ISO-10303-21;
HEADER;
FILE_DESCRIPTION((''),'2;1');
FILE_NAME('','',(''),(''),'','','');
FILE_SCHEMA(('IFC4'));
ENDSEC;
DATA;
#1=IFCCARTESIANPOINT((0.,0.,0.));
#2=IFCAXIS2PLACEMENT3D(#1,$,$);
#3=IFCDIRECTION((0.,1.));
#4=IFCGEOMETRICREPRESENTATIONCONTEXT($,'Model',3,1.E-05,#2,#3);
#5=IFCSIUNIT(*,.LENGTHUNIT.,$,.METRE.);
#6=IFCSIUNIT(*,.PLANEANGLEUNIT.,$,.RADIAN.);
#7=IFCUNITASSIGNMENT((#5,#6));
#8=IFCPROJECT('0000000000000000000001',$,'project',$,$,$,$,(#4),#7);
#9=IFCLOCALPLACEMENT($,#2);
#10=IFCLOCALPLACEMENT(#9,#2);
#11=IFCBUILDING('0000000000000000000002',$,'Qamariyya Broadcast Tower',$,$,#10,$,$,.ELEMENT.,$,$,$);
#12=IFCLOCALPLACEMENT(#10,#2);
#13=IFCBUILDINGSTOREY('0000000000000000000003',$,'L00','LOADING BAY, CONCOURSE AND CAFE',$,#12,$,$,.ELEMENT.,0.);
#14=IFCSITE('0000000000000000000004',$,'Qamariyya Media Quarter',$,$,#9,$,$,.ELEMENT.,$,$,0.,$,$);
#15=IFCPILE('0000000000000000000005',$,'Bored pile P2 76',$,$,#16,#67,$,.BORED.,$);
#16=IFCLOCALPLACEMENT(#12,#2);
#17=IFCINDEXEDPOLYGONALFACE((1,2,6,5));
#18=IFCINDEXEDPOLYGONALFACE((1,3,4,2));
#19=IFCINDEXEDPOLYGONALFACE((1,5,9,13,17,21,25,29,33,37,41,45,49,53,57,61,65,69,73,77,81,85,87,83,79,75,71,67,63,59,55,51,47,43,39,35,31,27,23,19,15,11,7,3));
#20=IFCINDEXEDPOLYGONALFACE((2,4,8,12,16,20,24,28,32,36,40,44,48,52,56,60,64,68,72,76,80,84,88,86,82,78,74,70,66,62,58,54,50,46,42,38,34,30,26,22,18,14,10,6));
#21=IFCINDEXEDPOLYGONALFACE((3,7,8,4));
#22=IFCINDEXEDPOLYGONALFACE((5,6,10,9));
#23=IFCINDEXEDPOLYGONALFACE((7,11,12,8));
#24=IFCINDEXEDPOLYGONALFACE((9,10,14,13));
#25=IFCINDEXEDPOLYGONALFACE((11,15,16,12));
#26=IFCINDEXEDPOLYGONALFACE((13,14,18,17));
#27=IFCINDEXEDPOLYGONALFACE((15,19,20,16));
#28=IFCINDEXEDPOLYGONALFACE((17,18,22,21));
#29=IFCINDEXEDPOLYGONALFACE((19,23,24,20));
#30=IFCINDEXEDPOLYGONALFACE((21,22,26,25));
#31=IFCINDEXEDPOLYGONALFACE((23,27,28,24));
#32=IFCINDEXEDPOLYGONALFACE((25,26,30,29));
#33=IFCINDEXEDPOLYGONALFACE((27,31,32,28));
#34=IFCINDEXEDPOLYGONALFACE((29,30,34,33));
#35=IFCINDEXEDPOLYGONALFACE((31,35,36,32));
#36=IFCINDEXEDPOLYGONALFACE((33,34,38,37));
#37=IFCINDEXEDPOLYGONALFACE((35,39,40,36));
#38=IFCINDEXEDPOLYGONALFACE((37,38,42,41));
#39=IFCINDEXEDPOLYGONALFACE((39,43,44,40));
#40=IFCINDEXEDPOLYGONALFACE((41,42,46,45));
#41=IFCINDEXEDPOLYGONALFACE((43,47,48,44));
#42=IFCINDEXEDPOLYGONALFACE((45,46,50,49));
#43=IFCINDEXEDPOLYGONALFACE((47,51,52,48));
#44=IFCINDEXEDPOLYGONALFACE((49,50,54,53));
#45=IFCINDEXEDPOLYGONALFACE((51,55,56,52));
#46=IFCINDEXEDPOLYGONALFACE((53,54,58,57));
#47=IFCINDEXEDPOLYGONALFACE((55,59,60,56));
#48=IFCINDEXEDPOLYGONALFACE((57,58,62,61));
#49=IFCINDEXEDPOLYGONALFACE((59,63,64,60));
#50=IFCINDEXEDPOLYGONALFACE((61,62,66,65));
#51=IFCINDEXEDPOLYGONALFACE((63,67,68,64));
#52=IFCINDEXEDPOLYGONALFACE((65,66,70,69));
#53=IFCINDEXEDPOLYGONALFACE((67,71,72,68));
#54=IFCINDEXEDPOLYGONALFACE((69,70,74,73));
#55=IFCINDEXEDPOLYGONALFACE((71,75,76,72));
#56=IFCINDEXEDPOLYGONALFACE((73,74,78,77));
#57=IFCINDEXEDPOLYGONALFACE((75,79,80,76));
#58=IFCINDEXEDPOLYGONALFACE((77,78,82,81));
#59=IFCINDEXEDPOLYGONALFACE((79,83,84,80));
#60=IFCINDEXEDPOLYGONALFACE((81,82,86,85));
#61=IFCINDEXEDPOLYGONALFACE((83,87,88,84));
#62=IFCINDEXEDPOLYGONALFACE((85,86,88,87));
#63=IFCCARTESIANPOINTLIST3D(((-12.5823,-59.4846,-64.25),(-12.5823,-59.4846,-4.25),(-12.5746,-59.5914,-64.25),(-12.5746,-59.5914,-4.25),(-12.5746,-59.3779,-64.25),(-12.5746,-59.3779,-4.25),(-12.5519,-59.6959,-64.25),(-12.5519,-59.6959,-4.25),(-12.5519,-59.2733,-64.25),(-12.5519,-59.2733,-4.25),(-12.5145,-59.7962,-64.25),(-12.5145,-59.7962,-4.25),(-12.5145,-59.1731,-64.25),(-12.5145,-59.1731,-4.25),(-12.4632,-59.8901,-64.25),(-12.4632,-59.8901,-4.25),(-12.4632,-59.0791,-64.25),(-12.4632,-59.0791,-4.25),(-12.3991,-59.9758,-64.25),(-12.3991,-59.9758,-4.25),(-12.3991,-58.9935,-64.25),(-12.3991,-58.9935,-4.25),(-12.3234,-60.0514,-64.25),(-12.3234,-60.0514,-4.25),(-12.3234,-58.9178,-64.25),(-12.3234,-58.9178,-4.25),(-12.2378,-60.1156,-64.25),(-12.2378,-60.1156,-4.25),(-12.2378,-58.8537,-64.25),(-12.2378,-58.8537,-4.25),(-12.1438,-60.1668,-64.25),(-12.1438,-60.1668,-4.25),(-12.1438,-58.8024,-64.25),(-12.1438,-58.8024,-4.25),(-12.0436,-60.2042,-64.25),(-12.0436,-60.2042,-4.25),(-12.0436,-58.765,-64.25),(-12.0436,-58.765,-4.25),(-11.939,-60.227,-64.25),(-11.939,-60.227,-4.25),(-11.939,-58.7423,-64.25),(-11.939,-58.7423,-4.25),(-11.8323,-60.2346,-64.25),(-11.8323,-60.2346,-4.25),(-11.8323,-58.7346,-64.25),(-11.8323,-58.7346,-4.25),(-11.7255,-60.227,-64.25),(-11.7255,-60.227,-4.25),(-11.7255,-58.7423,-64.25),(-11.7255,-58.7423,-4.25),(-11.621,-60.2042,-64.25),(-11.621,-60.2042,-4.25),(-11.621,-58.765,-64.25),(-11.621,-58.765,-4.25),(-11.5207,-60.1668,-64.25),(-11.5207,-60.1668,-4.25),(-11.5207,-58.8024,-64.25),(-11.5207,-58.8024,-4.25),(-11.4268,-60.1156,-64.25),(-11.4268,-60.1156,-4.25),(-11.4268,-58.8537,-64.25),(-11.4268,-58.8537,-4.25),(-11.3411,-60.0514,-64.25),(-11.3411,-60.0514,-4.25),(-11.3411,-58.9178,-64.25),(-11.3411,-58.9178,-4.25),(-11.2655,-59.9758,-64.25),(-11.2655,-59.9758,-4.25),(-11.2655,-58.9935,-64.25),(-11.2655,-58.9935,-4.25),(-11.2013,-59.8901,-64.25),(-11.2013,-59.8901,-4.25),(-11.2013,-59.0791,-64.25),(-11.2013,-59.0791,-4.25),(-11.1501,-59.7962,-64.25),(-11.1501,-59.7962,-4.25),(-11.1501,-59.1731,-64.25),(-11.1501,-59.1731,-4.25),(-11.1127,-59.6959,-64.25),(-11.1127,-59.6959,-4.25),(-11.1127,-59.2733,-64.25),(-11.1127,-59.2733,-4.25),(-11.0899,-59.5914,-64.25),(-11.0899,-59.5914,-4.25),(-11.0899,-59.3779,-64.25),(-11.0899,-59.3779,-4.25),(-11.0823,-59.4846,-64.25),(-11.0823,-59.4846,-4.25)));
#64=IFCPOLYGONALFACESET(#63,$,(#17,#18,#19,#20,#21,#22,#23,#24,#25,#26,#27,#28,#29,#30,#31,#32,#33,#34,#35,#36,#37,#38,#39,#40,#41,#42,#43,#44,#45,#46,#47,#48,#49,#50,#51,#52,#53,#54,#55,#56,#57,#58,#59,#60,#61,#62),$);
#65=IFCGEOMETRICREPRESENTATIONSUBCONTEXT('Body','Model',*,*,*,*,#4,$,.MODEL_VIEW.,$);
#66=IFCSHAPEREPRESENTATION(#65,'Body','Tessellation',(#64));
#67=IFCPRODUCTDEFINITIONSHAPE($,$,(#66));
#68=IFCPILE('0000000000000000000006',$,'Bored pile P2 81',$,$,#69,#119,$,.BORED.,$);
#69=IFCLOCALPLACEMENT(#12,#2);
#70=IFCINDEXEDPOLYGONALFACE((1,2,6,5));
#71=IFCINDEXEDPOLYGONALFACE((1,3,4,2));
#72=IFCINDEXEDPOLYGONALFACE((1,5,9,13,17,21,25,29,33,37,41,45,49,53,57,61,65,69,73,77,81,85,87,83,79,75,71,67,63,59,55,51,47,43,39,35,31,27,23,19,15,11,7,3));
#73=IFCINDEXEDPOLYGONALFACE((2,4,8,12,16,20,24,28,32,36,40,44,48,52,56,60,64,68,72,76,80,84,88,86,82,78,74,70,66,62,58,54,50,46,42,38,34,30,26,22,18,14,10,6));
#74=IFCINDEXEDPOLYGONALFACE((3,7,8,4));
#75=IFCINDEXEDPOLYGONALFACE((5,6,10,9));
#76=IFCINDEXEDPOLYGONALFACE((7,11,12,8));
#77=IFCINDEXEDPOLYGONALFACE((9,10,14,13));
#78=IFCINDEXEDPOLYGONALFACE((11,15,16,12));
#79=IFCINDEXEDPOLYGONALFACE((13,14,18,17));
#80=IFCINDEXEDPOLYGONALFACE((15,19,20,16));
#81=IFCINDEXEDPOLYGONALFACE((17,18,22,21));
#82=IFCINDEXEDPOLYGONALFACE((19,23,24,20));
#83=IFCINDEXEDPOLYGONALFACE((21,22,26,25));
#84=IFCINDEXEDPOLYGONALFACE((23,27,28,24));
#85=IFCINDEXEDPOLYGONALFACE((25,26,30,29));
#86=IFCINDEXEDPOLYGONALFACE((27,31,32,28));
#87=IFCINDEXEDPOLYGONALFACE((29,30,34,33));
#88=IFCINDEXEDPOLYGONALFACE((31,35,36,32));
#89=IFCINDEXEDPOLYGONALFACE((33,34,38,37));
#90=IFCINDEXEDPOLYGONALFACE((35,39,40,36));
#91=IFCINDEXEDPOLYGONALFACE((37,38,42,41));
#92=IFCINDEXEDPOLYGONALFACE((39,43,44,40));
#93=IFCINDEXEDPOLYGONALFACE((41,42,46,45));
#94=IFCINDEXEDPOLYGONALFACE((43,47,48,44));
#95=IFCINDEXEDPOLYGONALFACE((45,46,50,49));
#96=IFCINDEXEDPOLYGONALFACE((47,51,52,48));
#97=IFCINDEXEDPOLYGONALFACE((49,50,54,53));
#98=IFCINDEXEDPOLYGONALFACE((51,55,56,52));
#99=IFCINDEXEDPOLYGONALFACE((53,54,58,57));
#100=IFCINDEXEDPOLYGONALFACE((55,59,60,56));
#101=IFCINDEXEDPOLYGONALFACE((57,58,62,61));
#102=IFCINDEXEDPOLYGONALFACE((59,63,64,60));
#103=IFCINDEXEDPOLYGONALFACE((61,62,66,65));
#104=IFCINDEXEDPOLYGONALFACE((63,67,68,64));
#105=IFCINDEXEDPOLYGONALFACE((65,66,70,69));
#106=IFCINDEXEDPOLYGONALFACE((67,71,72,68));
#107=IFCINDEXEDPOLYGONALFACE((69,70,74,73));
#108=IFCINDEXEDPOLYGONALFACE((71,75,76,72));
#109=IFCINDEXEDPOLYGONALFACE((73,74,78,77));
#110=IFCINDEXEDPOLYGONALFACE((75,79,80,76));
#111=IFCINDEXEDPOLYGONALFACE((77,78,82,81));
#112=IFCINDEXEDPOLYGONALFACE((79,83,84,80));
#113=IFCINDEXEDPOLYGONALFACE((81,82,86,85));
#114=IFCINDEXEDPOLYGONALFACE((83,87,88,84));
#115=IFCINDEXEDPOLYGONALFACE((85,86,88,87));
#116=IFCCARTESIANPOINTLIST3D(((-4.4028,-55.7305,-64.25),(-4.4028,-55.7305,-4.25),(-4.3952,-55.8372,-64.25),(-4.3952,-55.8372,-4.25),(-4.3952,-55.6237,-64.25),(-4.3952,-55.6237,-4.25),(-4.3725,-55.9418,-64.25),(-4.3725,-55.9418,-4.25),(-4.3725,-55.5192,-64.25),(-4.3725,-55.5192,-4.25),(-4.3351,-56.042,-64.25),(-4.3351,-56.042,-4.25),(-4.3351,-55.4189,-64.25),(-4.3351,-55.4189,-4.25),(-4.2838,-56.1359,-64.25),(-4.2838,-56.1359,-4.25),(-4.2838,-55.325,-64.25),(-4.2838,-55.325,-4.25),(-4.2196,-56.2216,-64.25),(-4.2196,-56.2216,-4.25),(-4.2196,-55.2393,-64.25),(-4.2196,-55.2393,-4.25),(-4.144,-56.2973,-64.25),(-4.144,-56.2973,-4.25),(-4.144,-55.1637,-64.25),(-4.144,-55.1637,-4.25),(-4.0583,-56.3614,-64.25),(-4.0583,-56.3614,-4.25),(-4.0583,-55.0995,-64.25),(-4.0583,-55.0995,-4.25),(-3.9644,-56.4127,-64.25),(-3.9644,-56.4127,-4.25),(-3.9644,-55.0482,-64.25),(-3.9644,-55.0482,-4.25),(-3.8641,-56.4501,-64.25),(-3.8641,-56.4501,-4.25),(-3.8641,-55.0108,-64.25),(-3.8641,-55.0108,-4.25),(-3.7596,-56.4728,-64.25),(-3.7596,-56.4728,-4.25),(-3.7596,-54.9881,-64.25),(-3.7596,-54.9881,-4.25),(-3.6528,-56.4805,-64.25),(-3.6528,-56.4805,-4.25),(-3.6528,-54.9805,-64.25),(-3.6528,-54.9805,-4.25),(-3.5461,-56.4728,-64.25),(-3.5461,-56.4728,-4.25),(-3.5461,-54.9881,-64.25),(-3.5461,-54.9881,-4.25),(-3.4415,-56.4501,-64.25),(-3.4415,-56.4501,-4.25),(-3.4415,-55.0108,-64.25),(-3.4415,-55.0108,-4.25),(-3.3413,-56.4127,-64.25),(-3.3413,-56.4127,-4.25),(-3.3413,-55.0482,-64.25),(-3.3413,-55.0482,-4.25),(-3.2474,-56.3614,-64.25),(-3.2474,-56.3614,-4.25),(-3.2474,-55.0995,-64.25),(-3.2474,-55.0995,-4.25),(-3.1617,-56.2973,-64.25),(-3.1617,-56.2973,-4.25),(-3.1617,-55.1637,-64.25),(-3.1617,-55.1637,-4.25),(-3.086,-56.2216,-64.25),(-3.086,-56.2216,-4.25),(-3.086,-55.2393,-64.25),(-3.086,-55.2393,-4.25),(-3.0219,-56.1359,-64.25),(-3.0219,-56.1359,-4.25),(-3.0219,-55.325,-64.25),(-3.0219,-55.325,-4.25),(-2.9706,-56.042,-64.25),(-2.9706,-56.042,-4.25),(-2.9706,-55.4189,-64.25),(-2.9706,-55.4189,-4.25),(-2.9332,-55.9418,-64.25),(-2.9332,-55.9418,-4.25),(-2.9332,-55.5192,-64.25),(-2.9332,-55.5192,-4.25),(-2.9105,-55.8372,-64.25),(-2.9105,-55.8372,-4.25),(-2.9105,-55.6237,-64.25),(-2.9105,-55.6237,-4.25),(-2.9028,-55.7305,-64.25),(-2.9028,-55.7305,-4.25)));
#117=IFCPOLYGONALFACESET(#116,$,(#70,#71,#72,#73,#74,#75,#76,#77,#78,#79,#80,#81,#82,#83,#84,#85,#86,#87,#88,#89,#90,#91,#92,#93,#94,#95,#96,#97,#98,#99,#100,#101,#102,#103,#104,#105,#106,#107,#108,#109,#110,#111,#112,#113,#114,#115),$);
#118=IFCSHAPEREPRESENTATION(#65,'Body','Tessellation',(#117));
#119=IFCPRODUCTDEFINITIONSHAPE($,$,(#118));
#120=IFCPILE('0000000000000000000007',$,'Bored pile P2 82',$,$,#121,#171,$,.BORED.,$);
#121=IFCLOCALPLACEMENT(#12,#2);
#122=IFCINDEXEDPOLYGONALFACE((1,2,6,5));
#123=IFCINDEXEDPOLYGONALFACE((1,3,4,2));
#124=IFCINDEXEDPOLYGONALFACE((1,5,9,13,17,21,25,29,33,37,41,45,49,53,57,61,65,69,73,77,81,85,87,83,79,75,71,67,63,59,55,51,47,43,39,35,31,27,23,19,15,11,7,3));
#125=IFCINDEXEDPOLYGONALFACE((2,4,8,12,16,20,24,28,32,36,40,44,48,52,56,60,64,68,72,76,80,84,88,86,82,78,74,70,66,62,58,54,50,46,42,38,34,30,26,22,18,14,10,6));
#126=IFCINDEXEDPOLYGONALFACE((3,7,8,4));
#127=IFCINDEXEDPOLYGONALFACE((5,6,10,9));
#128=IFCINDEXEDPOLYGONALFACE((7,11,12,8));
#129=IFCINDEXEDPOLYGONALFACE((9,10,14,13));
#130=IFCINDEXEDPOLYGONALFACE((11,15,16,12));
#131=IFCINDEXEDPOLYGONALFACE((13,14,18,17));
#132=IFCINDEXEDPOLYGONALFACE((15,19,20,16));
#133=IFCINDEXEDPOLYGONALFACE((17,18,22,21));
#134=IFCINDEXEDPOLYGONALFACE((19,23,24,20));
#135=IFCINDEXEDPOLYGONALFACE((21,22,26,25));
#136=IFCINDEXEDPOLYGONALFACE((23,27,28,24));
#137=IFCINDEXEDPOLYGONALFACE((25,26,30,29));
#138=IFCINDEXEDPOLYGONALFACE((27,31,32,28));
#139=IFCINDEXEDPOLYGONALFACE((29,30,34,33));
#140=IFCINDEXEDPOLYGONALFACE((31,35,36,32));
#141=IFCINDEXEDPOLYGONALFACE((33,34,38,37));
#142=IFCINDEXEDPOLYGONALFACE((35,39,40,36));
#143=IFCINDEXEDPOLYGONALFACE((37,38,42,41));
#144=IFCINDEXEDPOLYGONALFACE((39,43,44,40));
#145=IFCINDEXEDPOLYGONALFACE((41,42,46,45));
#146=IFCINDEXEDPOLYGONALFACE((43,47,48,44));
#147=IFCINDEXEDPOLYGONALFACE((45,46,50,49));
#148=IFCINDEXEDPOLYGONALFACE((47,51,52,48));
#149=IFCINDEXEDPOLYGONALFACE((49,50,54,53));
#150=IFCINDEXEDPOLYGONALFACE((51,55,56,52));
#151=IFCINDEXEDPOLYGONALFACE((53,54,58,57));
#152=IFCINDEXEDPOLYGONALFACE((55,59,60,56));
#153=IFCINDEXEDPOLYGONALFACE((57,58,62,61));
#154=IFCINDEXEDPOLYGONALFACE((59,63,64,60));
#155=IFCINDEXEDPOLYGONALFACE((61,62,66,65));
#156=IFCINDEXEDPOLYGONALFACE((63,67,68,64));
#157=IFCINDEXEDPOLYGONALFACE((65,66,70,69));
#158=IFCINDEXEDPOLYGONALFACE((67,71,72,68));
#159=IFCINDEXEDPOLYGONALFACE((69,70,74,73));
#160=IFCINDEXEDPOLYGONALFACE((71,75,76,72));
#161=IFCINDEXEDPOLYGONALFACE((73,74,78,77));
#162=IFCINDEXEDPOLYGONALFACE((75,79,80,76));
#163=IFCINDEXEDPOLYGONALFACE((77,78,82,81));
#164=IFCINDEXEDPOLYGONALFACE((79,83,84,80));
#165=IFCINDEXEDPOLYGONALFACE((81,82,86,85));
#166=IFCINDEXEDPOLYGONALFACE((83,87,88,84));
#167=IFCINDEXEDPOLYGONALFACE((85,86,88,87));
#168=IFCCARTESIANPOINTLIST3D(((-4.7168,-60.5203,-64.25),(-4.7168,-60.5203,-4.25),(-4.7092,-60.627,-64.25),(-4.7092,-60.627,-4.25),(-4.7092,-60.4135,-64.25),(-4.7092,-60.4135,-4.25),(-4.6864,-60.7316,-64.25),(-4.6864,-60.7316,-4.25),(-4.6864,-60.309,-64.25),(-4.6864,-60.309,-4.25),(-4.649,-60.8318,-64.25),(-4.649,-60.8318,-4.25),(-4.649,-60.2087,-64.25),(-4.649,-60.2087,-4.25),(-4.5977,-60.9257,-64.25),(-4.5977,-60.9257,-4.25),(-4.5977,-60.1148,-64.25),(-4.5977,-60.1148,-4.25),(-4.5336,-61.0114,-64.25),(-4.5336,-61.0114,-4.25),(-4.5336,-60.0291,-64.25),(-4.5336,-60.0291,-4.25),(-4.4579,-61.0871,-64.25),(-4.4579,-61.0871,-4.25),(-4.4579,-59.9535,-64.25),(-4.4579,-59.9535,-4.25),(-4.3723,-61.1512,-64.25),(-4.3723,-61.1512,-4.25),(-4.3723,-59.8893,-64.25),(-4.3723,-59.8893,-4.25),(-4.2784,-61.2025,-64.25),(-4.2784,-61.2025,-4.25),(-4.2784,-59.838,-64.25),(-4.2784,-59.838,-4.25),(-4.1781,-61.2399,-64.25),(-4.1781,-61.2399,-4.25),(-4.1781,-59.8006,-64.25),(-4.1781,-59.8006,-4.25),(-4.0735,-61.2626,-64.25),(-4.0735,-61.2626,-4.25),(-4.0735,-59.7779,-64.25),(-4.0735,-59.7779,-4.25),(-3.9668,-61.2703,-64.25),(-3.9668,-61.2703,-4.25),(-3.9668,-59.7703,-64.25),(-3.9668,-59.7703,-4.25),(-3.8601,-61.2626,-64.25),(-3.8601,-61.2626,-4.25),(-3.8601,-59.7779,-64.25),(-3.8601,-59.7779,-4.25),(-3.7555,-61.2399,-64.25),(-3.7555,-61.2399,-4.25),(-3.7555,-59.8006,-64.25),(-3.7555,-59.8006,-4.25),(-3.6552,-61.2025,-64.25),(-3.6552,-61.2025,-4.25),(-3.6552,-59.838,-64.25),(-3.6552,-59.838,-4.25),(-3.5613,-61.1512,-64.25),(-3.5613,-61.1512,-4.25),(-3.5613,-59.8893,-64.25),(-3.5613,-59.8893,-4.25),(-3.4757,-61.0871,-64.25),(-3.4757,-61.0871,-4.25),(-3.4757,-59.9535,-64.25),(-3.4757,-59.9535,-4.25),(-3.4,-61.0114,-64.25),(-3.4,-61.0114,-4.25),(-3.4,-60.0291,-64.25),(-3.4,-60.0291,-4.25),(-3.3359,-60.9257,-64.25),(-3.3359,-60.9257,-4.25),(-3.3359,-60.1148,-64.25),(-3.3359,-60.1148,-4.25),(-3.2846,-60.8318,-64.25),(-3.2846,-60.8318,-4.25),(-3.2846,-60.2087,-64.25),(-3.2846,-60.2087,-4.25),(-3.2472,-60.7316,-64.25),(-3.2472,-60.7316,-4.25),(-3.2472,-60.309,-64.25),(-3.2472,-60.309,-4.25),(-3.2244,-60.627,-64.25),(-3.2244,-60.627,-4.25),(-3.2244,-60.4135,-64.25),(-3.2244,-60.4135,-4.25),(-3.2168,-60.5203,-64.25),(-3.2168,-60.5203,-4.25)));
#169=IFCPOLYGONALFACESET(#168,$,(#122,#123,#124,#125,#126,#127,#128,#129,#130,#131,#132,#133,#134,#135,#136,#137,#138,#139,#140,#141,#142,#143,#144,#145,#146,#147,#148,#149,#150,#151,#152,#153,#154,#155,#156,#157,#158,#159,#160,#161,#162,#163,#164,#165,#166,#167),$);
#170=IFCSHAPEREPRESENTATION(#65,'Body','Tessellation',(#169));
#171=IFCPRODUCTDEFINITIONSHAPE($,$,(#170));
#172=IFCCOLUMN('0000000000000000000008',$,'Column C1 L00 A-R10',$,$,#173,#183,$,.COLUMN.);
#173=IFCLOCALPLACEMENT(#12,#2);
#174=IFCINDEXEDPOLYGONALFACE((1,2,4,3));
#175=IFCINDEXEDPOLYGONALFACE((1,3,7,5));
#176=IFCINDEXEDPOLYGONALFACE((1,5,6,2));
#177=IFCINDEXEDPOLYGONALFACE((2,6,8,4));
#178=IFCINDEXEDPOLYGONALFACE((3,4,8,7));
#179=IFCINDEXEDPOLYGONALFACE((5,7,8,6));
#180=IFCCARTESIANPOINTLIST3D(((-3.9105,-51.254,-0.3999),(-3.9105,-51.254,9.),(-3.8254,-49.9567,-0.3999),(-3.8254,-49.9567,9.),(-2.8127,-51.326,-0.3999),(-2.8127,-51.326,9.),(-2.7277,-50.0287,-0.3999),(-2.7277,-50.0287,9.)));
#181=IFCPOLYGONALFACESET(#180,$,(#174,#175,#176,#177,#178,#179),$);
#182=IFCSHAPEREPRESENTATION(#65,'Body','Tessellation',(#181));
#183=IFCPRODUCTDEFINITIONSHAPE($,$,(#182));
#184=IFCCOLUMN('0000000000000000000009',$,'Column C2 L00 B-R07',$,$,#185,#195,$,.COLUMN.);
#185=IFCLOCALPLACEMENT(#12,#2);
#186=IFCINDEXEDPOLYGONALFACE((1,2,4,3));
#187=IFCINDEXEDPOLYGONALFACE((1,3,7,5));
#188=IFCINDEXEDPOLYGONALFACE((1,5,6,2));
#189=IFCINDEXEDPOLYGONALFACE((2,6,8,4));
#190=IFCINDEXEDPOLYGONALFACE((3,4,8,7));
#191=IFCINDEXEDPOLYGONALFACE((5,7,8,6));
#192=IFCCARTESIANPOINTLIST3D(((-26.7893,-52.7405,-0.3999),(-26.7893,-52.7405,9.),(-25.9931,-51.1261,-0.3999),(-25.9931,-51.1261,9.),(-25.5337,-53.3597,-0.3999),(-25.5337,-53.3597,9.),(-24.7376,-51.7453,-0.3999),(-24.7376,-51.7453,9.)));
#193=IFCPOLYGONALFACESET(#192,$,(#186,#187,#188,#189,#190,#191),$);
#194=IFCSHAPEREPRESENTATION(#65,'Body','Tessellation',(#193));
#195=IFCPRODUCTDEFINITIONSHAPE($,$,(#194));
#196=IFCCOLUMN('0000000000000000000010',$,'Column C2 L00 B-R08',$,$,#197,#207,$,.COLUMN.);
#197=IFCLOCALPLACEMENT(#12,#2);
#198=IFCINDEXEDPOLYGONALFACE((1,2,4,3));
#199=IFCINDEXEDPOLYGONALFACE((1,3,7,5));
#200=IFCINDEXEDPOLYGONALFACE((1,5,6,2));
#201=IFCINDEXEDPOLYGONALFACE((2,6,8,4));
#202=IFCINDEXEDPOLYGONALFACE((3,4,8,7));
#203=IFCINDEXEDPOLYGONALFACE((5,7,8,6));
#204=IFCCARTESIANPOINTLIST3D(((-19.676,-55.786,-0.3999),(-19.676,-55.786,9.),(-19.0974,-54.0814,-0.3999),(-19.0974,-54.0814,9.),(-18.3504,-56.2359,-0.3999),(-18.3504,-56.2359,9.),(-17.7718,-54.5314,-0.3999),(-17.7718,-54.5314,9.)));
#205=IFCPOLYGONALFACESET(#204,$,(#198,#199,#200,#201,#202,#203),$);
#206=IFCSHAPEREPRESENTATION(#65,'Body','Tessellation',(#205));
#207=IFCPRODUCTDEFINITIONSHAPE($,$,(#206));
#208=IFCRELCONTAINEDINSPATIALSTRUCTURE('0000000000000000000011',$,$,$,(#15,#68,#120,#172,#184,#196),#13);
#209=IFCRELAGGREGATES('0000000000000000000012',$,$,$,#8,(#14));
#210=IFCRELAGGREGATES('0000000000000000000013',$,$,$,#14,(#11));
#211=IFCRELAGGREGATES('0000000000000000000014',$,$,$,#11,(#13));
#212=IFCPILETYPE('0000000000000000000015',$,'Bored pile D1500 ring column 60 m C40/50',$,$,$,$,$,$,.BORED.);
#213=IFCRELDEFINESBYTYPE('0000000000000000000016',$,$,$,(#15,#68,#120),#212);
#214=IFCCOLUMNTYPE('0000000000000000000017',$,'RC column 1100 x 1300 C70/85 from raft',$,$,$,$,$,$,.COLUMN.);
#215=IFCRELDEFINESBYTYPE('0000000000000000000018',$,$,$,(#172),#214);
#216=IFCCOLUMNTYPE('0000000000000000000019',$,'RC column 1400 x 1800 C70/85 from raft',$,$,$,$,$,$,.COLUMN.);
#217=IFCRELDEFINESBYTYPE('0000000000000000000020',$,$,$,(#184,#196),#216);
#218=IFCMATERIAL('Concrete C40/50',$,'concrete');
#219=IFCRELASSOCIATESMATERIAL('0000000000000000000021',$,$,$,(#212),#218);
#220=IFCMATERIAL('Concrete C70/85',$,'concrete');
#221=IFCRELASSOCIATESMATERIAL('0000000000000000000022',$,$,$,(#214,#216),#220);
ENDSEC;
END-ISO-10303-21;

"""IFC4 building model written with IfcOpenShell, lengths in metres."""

from ifc_helpers import new_model, si_unit, direction, frame, origin, origin_2d, place, context, subcontext, project, spatial, rectangle, circle, extrude, material, material_profile, profile_set, type_object, element, save


model = new_model("IFC4")

# Units and contexts
model_context = context("Model", 3, precision=1e-05, world=origin(), true_north=direction((0.0, 1.0)))
body_context = subcontext(model_context, "Body", "Model", "MODEL_VIEW")
ifc_project = project(units=[si_unit("LENGTHUNIT", "METRE"), si_unit("PLANEANGLEUNIT", "RADIAN")], contexts=[model_context])

# Site, building, storey
site_placement = place(None, origin())
site = spatial("IfcSite", under=ifc_project, at=site_placement, Name="Qamariyya Media Quarter", CompositionType="ELEMENT", RefElevation=0.0)
building_placement = place(site_placement, origin())
building = spatial("IfcBuilding", under=site, at=building_placement, Name="Qamariyya Broadcast Tower", CompositionType="ELEMENT")
storey_placement = place(building_placement, origin())
storey = spatial("IfcBuildingStorey", under=building, at=storey_placement, Name="L00", Description="LOADING BAY, CONCOURSE AND CAFE", CompositionType="ELEMENT", Elevation=0.0)

# Piles
ifc_material_1 = material(Name="Concrete C40/50", Category="concrete")
ifc_material_profile_1 = material_profile(ifc_material_1, circle(Radius=0.75, at=origin_2d()))
ifc_profile_set_1 = profile_set([ifc_material_profile_1], Name="Concrete C40/50")
pile_type_1 = type_object("IfcPileType", Name="Bored pile D1500 ring column 60 m C40/50", PredefinedType="BORED", material=ifc_profile_set_1)
for number, where, z_axis, x_axis, name in (
    (1, (-11.8323, -59.4846, -4.25), (0.0, 0.0, -1.0), (1.0, 0.0, 0.0), "Bored pile P2 76"),
    (2, (-3.6528, -55.7305, -4.25), (0.0, 0.0, -1.0), (1.0, 0.0, 0.0), "Bored pile P2 81"),
    (3, (-3.9668, -60.5203, -4.25), (0.0, 0.0, -1.0), (1.0, 0.0, 0.0), "Bored pile P2 82"),
):
    element("IfcPile", number, at=place(storey_placement, frame(where, z_axis=z_axis, x_axis=x_axis)), inside=storey, type_object=pile_type_1, Name=name, PredefinedType="BORED", context=body_context, shape_type="SweptSolid", body=[
        extrude(circle(Radius=0.75, at=origin_2d()), origin(), (0.0, 0.0, 1.0), 60.0),
    ])

# Columns
ifc_material_2 = material(Name="Concrete C70/85", Category="concrete")
ifc_material_profile_2 = material_profile(ifc_material_2, rectangle(XDim=1.1001, YDim=1.3, at=origin_2d()))
ifc_profile_set_2 = profile_set([ifc_material_profile_2], Name="Concrete C70/85")
column_type_1 = type_object("IfcColumnType", Name="RC column 1100 x 1300 C70/85 from raft", PredefinedType="COLUMN", material=ifc_profile_set_2)
column_placement = place(storey_placement, frame((-3.3191, -50.6414, -0.3999), z_axis=(0.0, 0.0, 1.0), x_axis=(0.997859, -0.065403, 0.0)))
element("IfcColumn", 4, at=column_placement, inside=storey, type_object=column_type_1, Name="Column C1 L00 A-R10", PredefinedType="COLUMN", context=body_context, shape_type="SweptSolid", body=[
    extrude(rectangle(XDim=1.1001, YDim=1.3, at=origin_2d()), origin(), (0.0, 0.0, 1.0), 9.3999),
])
ifc_material_profile_3 = material_profile(ifc_material_2, rectangle(XDim=1.3999, YDim=1.8, at=origin_2d()))
ifc_profile_set_3 = profile_set([ifc_material_profile_3], Name="Concrete C70/85")
column_type_2 = type_object("IfcColumnType", Name="RC column 1400 x 1800 C70/85 from raft", PredefinedType="COLUMN", material=ifc_profile_set_3)
for number, where, z_axis, x_axis, name in (
    (5, (-25.7634, -52.2429, -0.3999), (0.0, 0.0, 1.0), (0.896873, -0.442289, 0.0), "Column C2 L00 B-R07"),
    (6, (-18.7239, -55.1587, -0.3999), (0.0, 0.0, 1.0), (0.94693, -0.321439, 0.0), "Column C2 L00 B-R08"),
):
    element("IfcColumn", number, at=place(storey_placement, frame(where, z_axis=z_axis, x_axis=x_axis)), inside=storey, type_object=column_type_2, Name=name, PredefinedType="COLUMN", context=body_context, shape_type="SweptSolid", body=[
        extrude(rectangle(XDim=1.3999, YDim=1.8, at=origin_2d()), origin(), (0.0, 0.0, 1.0), 9.3999),
    ])

save(model, "model.ifc")
